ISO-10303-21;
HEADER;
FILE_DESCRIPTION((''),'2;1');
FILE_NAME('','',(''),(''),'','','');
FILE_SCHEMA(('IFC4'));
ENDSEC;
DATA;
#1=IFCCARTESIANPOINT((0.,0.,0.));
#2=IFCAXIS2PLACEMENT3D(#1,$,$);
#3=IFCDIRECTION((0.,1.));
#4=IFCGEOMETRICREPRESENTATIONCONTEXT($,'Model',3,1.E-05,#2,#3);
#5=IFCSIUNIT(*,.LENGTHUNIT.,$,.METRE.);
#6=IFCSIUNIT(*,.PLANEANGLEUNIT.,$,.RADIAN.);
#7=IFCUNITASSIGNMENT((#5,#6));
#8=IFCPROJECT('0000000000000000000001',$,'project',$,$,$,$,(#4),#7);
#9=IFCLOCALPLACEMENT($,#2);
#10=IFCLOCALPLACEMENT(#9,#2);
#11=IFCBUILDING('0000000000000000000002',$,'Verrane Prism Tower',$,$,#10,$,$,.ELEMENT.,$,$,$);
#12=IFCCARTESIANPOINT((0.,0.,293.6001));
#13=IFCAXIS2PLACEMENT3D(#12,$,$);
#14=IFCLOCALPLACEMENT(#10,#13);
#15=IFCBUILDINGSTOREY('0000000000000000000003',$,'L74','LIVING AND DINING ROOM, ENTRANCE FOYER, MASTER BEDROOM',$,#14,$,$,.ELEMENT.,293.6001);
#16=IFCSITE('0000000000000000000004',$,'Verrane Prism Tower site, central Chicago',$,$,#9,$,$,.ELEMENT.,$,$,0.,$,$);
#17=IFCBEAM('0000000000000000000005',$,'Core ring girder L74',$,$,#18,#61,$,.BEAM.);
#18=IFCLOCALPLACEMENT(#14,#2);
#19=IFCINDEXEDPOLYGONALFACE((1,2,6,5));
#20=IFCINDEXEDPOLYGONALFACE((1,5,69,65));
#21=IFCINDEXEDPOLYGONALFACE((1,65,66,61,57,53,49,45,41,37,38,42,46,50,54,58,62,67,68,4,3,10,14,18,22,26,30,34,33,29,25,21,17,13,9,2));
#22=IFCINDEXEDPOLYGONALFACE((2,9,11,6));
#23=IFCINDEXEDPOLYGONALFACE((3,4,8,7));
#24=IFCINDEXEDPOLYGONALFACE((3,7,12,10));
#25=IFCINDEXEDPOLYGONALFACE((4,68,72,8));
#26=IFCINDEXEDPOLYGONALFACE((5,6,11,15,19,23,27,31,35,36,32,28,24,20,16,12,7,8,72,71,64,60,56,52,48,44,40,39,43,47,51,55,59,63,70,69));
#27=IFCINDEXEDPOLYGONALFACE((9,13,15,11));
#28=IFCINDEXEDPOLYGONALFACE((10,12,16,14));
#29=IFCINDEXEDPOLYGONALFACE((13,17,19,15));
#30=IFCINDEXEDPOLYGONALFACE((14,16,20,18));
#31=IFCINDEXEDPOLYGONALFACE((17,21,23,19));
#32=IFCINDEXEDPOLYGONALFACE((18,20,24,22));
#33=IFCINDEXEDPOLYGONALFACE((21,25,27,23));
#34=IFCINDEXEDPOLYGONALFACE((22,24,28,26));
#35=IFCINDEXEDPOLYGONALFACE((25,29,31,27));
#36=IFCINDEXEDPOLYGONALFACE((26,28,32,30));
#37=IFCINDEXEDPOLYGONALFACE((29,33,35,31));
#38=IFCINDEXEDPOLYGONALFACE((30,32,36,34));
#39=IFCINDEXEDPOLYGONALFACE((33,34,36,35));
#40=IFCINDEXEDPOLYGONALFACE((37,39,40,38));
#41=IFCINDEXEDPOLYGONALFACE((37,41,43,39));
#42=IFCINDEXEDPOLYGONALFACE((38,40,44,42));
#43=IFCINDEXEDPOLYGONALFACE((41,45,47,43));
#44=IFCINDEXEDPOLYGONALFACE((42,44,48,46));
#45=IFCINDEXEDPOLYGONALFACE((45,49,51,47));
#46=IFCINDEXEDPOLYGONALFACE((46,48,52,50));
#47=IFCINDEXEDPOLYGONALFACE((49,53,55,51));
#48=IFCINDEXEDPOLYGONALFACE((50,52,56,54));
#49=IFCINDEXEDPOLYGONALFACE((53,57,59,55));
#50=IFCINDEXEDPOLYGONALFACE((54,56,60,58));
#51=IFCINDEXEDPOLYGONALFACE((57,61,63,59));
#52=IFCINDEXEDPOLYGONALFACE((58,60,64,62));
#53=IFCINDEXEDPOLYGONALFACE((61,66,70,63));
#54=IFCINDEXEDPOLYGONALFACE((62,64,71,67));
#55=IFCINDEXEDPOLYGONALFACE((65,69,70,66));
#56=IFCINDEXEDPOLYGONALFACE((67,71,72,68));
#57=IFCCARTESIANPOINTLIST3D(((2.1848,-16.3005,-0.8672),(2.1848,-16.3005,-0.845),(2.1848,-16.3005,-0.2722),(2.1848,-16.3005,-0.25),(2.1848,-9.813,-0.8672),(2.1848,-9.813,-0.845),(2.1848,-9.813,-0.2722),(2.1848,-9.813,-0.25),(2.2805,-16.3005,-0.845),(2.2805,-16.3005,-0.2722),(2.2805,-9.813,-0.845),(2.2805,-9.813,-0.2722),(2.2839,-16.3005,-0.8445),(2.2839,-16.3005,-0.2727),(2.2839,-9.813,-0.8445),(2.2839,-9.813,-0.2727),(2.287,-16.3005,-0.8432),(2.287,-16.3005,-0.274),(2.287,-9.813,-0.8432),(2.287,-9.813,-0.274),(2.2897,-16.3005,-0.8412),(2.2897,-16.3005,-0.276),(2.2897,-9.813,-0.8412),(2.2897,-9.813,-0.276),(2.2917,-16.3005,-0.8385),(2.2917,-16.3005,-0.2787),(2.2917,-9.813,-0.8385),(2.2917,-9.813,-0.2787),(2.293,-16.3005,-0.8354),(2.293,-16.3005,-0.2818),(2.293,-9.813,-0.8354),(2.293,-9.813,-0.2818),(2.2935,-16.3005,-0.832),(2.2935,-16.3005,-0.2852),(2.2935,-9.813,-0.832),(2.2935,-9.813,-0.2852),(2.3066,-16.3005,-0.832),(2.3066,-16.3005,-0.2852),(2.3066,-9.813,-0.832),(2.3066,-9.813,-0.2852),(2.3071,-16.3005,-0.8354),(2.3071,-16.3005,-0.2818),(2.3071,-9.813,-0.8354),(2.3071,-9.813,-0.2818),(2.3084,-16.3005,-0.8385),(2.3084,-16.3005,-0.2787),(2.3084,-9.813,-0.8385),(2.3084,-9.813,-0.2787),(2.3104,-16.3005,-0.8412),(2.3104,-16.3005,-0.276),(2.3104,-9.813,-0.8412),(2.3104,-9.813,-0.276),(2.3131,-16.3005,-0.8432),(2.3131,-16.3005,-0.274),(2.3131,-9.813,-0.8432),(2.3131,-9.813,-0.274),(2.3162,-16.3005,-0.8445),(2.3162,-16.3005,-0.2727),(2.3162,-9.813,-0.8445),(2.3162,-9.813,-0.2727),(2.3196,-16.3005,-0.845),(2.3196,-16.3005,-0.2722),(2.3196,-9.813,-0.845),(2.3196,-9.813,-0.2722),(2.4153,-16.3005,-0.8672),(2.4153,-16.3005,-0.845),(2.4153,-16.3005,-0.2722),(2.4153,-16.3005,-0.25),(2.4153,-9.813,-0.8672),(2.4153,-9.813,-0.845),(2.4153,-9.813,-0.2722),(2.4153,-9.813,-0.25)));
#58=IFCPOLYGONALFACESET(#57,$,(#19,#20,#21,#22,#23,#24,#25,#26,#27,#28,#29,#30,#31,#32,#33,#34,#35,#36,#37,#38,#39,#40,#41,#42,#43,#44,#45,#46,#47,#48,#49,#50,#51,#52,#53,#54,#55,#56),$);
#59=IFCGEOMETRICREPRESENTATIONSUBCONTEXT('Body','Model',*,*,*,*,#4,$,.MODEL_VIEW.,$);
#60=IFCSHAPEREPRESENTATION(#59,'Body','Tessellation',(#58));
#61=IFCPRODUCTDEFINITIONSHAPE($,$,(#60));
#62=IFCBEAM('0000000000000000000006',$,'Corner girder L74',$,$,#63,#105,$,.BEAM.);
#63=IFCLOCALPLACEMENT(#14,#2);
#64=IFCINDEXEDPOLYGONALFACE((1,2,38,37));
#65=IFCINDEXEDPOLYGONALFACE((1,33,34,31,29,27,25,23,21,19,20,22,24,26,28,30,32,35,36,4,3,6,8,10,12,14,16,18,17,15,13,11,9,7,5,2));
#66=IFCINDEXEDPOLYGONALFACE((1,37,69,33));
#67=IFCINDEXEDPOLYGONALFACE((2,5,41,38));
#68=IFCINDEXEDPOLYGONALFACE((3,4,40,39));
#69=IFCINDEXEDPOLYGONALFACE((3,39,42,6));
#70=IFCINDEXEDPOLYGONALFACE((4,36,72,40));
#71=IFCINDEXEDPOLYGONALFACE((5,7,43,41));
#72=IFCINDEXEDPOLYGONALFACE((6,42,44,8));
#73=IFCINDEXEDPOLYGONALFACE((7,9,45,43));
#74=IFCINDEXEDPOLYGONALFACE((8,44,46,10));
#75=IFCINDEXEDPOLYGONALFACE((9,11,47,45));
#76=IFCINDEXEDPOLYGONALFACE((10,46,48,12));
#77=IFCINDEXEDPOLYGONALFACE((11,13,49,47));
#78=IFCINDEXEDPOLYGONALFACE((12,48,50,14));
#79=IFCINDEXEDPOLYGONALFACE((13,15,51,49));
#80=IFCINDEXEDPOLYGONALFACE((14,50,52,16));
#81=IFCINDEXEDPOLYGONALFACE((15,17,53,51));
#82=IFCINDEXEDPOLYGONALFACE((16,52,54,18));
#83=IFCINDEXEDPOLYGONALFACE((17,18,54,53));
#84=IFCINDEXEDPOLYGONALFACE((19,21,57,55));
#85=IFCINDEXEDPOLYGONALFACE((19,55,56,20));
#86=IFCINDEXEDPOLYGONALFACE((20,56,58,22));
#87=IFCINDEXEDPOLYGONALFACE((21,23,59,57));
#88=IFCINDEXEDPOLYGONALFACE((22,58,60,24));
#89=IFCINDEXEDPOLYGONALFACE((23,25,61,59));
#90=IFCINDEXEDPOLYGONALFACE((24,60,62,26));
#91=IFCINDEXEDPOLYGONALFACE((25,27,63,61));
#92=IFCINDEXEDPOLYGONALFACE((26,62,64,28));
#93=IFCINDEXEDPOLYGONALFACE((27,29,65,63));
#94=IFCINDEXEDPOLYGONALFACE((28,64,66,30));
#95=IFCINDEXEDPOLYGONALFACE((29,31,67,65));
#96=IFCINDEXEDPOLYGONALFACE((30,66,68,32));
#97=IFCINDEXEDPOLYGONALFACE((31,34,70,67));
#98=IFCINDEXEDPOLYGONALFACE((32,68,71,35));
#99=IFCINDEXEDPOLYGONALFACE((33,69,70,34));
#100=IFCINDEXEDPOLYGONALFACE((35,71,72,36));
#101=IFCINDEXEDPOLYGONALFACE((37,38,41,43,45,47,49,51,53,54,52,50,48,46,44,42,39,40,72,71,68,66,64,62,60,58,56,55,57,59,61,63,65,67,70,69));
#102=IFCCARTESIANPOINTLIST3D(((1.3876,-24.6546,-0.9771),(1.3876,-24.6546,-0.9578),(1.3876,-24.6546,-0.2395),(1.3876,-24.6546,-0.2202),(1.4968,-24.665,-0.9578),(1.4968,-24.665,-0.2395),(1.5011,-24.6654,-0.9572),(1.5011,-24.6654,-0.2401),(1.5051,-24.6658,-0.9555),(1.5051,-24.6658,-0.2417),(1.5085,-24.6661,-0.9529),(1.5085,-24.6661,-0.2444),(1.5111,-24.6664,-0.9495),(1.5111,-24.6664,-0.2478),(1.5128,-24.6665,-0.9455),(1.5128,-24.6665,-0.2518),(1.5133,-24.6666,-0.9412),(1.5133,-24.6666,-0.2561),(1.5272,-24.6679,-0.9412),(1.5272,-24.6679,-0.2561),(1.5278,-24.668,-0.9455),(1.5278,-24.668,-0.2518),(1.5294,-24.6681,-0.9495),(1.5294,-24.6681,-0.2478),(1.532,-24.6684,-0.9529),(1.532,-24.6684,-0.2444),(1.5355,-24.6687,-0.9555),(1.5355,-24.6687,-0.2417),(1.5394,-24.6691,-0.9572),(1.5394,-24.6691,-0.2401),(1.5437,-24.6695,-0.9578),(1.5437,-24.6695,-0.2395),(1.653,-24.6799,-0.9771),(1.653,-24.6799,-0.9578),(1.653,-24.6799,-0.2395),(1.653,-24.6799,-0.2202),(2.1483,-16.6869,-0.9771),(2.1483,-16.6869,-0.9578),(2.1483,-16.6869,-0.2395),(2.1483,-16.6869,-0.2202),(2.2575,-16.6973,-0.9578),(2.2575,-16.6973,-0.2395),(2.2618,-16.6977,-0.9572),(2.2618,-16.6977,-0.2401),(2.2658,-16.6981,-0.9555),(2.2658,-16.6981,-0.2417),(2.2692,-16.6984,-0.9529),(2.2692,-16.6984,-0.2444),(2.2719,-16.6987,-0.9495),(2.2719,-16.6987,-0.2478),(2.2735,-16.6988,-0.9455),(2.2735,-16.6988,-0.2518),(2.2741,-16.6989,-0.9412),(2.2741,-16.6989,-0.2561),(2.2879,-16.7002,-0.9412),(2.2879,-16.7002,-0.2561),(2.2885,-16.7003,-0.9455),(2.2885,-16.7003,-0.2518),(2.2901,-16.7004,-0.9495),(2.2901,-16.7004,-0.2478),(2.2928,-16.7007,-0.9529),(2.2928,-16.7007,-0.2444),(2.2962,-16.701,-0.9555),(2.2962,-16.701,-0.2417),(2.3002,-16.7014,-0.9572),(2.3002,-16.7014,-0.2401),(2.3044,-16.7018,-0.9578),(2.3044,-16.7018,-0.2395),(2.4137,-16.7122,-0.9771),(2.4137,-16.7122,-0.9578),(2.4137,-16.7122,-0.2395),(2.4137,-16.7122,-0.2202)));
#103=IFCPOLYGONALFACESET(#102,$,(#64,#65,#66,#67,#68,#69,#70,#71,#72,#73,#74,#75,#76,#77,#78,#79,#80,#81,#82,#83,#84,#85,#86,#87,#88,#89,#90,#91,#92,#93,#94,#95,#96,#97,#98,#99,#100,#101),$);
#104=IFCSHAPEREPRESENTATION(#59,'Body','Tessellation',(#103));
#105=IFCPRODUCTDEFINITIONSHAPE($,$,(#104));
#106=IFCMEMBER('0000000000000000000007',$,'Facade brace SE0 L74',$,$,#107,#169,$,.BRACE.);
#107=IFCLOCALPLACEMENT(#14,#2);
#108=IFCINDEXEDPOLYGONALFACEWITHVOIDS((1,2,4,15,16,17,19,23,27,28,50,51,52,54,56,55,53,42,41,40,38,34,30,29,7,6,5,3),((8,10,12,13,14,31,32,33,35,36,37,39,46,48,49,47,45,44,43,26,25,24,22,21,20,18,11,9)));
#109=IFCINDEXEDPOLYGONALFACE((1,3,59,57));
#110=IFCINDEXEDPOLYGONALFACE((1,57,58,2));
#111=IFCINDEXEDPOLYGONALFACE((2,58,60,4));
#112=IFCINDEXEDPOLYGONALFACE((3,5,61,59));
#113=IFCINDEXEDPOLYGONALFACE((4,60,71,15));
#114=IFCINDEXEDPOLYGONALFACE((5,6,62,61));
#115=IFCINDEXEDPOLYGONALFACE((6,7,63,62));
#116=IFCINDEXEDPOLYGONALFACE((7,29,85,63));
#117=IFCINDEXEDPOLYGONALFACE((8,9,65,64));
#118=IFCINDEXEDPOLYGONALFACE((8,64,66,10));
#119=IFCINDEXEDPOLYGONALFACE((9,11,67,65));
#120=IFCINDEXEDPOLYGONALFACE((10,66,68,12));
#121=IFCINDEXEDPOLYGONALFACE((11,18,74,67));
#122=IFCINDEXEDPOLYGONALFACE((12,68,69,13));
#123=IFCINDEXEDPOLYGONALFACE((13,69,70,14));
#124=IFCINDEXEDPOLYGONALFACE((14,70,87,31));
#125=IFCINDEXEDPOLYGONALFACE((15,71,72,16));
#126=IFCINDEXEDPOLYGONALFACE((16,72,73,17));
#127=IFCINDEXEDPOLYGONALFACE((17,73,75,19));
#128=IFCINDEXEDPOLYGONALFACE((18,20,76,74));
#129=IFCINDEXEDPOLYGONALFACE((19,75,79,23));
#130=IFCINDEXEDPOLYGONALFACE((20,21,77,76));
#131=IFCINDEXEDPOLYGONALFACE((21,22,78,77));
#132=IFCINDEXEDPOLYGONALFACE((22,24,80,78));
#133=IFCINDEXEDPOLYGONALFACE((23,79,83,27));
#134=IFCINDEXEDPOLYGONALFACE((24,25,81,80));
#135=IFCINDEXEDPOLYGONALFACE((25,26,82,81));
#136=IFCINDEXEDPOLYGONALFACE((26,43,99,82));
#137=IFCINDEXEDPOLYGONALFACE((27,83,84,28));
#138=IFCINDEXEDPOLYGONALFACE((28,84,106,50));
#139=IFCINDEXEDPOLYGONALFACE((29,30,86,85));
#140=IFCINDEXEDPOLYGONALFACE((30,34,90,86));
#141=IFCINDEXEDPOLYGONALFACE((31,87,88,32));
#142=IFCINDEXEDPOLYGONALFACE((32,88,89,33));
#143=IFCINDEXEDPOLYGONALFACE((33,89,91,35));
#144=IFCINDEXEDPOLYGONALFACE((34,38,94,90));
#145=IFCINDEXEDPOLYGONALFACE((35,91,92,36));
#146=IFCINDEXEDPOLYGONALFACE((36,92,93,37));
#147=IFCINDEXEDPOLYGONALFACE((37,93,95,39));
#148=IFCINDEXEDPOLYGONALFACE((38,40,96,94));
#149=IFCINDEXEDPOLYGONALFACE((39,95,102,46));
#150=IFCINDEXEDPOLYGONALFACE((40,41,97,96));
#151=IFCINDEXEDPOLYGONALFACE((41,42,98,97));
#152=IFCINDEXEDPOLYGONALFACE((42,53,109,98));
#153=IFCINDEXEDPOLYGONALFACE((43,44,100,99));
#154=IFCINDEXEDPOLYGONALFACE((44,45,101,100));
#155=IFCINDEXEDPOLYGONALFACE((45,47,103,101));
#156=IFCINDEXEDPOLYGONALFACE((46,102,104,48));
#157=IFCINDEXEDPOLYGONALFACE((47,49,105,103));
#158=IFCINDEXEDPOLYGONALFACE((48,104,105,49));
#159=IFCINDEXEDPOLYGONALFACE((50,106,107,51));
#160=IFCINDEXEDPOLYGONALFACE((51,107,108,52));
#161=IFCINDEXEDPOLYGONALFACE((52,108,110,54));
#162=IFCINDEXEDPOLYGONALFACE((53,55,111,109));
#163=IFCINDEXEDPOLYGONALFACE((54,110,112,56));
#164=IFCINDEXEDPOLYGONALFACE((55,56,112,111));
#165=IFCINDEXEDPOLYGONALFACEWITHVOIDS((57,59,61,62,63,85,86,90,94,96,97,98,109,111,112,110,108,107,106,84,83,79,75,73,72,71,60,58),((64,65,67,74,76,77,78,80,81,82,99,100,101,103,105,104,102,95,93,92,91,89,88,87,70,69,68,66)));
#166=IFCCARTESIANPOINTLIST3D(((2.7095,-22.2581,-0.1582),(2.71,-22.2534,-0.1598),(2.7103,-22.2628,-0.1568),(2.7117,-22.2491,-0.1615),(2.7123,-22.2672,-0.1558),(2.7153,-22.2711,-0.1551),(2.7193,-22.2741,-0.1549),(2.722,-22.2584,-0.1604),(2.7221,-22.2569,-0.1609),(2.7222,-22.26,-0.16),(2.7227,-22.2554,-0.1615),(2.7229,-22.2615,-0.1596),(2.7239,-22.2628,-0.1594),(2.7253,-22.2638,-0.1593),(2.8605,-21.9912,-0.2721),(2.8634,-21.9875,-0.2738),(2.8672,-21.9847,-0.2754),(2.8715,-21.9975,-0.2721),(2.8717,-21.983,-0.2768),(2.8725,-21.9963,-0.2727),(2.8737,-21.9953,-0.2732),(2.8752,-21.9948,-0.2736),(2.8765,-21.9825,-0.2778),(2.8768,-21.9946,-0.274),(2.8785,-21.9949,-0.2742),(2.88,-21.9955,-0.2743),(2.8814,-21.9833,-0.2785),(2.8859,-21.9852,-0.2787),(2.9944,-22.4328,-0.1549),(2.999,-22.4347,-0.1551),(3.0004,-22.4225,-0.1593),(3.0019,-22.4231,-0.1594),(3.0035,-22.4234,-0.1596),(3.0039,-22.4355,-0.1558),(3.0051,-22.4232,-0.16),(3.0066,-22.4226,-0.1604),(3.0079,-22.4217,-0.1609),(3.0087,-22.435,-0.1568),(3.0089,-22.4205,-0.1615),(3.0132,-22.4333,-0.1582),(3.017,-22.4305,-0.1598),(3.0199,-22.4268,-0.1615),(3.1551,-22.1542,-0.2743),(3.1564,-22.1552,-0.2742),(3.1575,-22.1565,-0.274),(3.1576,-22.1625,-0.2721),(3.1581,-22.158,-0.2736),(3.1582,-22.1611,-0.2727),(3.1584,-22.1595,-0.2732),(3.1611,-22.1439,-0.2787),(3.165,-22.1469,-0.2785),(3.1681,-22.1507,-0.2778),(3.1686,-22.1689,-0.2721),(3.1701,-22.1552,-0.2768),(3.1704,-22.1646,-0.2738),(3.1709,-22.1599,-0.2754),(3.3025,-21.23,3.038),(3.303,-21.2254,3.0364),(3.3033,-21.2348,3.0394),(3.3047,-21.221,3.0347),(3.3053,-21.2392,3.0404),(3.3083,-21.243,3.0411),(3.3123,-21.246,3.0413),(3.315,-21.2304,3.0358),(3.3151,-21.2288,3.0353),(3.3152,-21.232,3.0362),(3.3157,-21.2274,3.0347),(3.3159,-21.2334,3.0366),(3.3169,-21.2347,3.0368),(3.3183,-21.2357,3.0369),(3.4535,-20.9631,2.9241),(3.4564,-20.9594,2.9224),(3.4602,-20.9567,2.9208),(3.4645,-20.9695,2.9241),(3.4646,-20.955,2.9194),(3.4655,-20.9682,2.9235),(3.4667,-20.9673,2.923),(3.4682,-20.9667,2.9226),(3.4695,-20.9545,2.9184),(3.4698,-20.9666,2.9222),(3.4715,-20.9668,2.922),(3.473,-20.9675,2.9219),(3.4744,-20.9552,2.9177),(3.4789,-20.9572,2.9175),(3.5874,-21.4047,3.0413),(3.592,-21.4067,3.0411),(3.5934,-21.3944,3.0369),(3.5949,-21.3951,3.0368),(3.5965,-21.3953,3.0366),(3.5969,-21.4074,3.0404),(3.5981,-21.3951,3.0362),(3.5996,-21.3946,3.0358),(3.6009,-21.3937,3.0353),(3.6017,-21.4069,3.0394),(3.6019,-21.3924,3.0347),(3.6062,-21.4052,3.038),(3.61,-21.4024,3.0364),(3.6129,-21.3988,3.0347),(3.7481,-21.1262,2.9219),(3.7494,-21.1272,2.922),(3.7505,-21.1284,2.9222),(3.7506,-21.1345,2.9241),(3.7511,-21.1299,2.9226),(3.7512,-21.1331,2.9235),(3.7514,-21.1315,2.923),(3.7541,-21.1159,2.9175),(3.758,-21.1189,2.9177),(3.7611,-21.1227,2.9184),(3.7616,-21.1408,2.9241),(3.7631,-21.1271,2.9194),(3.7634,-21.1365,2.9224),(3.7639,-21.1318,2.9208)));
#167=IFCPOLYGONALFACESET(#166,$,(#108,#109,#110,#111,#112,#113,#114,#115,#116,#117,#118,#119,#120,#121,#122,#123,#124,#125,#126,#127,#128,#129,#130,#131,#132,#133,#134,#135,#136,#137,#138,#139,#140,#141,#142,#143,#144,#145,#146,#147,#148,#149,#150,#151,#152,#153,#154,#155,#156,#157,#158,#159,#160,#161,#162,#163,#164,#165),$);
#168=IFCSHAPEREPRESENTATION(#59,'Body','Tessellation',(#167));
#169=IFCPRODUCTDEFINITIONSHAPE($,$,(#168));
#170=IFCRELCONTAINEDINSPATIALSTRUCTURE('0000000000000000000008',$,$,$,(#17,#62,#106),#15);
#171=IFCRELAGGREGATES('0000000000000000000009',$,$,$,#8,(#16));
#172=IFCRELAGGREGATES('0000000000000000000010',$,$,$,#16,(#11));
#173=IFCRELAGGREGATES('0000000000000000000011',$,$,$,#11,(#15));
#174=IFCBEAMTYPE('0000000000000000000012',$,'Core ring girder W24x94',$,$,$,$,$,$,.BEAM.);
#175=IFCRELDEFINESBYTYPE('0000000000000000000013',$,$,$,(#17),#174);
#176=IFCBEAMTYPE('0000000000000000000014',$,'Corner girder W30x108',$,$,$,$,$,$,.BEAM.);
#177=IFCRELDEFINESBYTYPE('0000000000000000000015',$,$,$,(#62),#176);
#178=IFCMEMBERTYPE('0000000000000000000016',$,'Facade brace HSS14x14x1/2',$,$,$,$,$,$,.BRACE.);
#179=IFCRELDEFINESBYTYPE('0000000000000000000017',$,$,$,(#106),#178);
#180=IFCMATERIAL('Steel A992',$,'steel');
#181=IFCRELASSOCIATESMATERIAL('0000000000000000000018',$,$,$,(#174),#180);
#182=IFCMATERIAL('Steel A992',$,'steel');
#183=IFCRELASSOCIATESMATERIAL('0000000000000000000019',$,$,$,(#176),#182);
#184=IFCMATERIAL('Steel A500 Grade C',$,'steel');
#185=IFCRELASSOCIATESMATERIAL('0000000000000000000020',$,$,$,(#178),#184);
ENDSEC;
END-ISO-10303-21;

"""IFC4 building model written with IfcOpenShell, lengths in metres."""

from ifc_helpers import new_model, si_unit, direction, frame, origin, origin_2d, place, context, subcontext, project, spatial, hollow_rectangle, i_section, extrude, material, material_profile, profile_set, type_object, element, save


model = new_model("IFC4")

# Units and contexts
model_context = context("Model", 3, precision=1e-05, world=origin(), true_north=direction((0.0, 1.0)))
body_context = subcontext(model_context, "Body", "Model", "MODEL_VIEW")
ifc_project = project(units=[si_unit("LENGTHUNIT", "METRE"), si_unit("PLANEANGLEUNIT", "RADIAN")], contexts=[model_context])

# Site, building, storey
site_placement = place(None, origin())
site = spatial("IfcSite", under=ifc_project, at=site_placement, Name="Verrane Prism Tower site, central Chicago", CompositionType="ELEMENT", RefElevation=0.0)
building_placement = place(site_placement, origin())
building = spatial("IfcBuilding", under=site, at=building_placement, Name="Verrane Prism Tower", CompositionType="ELEMENT")
storey_placement = place(building_placement, frame((0.0, 0.0, 293.6001)))
storey = spatial("IfcBuildingStorey", under=building, at=storey_placement, Name="L74", Description="LIVING AND DINING ROOM, ENTRANCE FOYER, MASTER BEDROOM", CompositionType="ELEMENT", Elevation=293.6001)

# Beams
ifc_material_1 = material(Name="Steel A992", Category="steel")
ifc_material_profile_1 = material_profile(ifc_material_1, i_section(OverallWidth=0.2305, OverallDepth=0.6172, WebThickness=0.0132, FlangeThickness=0.0222, FilletRadius=0.0129, at=origin_2d()), Name="W24x94")
ifc_profile_set_1 = profile_set([ifc_material_profile_1], Name="Steel A992")
beam_type_1 = type_object("IfcBeamType", Name="Core ring girder W24x94", PredefinedType="BEAM", material=ifc_profile_set_1)
beam_1_placement = place(storey_placement, frame((2.3, -16.3005, -0.5586), z_axis=(0.0, 1.0, 0.0), x_axis=(-1.0, 0.0, 0.0)))
element("IfcBeam", 1, at=beam_1_placement, inside=storey, type_object=beam_type_1, Name="Core ring girder L74", PredefinedType="BEAM", context=body_context, shape_type="SweptSolid", body=[
    extrude(i_section(OverallWidth=0.2305, OverallDepth=0.6172, WebThickness=0.0132, FlangeThickness=0.0222, FilletRadius=0.0129, at=origin_2d()), origin(), (0.0, 0.0, 1.0), 6.4875),
])
ifc_material_2 = material(Name="Steel A992", Category="steel")
ifc_material_profile_2 = material_profile(ifc_material_2, i_section(OverallWidth=0.2666, OverallDepth=0.7568, WebThickness=0.0139, FlangeThickness=0.0193, FilletRadius=0.0166, at=origin_2d()), Name="W30x108")
ifc_profile_set_2 = profile_set([ifc_material_profile_2], Name="Steel A992")
beam_type_2 = type_object("IfcBeamType", Name="Corner girder W30x108", PredefinedType="BEAM", material=ifc_profile_set_2)
beam_2_placement = place(storey_placement, frame((1.5203, -24.6672, -0.5986), z_axis=(0.095045, 0.995473, 0.0), x_axis=(-0.995473, 0.095045, 0.0)))
element("IfcBeam", 2, at=beam_2_placement, inside=storey, type_object=beam_type_2, Name="Corner girder L74", PredefinedType="BEAM", context=body_context, shape_type="SweptSolid", body=[
    extrude(i_section(OverallWidth=0.2666, OverallDepth=0.7568, WebThickness=0.0139, FlangeThickness=0.0193, FilletRadius=0.0166, at=origin_2d()), origin(), (0.0, 0.0, 1.0), 8.0039),
])

# Member
ifc_material_3 = material(Name="Steel A500 Grade C", Category="steel")
ifc_material_profile_3 = material_profile(ifc_material_3, hollow_rectangle(XDim=0.3557, YDim=0.3557, WallThickness=0.0127, InnerFilletRadius=0.0063, OuterFilletRadius=0.019, at=origin_2d()), Name="HSS14x14x1/2")
ifc_profile_set_3 = profile_set([ifc_material_profile_3], Name="Steel A500 Grade C")
member_type_1 = type_object("IfcMemberType", Name="Facade brace HSS14x14x1/2", PredefinedType="BRACE", material=ifc_profile_set_3)
member_1_placement = place(storey_placement, frame((2.9402, -22.209, -0.2168), z_axis=(0.17393, 0.30153, 0.937458), x_axis=(-0.866223, 0.499657, 0.0)))
element("IfcMember", 3, at=member_1_placement, inside=storey, type_object=member_type_1, Name="Facade brace SE0 L74", PredefinedType="BRACE", context=body_context, shape_type="SweptSolid", body=[
    extrude(hollow_rectangle(XDim=0.3557, YDim=0.3557, WallThickness=0.0127, InnerFilletRadius=0.0063, OuterFilletRadius=0.019, at=origin_2d()), origin(), (0.0, 0.0, 1.0), 3.4094),
])

save(model, "model.ifc")
